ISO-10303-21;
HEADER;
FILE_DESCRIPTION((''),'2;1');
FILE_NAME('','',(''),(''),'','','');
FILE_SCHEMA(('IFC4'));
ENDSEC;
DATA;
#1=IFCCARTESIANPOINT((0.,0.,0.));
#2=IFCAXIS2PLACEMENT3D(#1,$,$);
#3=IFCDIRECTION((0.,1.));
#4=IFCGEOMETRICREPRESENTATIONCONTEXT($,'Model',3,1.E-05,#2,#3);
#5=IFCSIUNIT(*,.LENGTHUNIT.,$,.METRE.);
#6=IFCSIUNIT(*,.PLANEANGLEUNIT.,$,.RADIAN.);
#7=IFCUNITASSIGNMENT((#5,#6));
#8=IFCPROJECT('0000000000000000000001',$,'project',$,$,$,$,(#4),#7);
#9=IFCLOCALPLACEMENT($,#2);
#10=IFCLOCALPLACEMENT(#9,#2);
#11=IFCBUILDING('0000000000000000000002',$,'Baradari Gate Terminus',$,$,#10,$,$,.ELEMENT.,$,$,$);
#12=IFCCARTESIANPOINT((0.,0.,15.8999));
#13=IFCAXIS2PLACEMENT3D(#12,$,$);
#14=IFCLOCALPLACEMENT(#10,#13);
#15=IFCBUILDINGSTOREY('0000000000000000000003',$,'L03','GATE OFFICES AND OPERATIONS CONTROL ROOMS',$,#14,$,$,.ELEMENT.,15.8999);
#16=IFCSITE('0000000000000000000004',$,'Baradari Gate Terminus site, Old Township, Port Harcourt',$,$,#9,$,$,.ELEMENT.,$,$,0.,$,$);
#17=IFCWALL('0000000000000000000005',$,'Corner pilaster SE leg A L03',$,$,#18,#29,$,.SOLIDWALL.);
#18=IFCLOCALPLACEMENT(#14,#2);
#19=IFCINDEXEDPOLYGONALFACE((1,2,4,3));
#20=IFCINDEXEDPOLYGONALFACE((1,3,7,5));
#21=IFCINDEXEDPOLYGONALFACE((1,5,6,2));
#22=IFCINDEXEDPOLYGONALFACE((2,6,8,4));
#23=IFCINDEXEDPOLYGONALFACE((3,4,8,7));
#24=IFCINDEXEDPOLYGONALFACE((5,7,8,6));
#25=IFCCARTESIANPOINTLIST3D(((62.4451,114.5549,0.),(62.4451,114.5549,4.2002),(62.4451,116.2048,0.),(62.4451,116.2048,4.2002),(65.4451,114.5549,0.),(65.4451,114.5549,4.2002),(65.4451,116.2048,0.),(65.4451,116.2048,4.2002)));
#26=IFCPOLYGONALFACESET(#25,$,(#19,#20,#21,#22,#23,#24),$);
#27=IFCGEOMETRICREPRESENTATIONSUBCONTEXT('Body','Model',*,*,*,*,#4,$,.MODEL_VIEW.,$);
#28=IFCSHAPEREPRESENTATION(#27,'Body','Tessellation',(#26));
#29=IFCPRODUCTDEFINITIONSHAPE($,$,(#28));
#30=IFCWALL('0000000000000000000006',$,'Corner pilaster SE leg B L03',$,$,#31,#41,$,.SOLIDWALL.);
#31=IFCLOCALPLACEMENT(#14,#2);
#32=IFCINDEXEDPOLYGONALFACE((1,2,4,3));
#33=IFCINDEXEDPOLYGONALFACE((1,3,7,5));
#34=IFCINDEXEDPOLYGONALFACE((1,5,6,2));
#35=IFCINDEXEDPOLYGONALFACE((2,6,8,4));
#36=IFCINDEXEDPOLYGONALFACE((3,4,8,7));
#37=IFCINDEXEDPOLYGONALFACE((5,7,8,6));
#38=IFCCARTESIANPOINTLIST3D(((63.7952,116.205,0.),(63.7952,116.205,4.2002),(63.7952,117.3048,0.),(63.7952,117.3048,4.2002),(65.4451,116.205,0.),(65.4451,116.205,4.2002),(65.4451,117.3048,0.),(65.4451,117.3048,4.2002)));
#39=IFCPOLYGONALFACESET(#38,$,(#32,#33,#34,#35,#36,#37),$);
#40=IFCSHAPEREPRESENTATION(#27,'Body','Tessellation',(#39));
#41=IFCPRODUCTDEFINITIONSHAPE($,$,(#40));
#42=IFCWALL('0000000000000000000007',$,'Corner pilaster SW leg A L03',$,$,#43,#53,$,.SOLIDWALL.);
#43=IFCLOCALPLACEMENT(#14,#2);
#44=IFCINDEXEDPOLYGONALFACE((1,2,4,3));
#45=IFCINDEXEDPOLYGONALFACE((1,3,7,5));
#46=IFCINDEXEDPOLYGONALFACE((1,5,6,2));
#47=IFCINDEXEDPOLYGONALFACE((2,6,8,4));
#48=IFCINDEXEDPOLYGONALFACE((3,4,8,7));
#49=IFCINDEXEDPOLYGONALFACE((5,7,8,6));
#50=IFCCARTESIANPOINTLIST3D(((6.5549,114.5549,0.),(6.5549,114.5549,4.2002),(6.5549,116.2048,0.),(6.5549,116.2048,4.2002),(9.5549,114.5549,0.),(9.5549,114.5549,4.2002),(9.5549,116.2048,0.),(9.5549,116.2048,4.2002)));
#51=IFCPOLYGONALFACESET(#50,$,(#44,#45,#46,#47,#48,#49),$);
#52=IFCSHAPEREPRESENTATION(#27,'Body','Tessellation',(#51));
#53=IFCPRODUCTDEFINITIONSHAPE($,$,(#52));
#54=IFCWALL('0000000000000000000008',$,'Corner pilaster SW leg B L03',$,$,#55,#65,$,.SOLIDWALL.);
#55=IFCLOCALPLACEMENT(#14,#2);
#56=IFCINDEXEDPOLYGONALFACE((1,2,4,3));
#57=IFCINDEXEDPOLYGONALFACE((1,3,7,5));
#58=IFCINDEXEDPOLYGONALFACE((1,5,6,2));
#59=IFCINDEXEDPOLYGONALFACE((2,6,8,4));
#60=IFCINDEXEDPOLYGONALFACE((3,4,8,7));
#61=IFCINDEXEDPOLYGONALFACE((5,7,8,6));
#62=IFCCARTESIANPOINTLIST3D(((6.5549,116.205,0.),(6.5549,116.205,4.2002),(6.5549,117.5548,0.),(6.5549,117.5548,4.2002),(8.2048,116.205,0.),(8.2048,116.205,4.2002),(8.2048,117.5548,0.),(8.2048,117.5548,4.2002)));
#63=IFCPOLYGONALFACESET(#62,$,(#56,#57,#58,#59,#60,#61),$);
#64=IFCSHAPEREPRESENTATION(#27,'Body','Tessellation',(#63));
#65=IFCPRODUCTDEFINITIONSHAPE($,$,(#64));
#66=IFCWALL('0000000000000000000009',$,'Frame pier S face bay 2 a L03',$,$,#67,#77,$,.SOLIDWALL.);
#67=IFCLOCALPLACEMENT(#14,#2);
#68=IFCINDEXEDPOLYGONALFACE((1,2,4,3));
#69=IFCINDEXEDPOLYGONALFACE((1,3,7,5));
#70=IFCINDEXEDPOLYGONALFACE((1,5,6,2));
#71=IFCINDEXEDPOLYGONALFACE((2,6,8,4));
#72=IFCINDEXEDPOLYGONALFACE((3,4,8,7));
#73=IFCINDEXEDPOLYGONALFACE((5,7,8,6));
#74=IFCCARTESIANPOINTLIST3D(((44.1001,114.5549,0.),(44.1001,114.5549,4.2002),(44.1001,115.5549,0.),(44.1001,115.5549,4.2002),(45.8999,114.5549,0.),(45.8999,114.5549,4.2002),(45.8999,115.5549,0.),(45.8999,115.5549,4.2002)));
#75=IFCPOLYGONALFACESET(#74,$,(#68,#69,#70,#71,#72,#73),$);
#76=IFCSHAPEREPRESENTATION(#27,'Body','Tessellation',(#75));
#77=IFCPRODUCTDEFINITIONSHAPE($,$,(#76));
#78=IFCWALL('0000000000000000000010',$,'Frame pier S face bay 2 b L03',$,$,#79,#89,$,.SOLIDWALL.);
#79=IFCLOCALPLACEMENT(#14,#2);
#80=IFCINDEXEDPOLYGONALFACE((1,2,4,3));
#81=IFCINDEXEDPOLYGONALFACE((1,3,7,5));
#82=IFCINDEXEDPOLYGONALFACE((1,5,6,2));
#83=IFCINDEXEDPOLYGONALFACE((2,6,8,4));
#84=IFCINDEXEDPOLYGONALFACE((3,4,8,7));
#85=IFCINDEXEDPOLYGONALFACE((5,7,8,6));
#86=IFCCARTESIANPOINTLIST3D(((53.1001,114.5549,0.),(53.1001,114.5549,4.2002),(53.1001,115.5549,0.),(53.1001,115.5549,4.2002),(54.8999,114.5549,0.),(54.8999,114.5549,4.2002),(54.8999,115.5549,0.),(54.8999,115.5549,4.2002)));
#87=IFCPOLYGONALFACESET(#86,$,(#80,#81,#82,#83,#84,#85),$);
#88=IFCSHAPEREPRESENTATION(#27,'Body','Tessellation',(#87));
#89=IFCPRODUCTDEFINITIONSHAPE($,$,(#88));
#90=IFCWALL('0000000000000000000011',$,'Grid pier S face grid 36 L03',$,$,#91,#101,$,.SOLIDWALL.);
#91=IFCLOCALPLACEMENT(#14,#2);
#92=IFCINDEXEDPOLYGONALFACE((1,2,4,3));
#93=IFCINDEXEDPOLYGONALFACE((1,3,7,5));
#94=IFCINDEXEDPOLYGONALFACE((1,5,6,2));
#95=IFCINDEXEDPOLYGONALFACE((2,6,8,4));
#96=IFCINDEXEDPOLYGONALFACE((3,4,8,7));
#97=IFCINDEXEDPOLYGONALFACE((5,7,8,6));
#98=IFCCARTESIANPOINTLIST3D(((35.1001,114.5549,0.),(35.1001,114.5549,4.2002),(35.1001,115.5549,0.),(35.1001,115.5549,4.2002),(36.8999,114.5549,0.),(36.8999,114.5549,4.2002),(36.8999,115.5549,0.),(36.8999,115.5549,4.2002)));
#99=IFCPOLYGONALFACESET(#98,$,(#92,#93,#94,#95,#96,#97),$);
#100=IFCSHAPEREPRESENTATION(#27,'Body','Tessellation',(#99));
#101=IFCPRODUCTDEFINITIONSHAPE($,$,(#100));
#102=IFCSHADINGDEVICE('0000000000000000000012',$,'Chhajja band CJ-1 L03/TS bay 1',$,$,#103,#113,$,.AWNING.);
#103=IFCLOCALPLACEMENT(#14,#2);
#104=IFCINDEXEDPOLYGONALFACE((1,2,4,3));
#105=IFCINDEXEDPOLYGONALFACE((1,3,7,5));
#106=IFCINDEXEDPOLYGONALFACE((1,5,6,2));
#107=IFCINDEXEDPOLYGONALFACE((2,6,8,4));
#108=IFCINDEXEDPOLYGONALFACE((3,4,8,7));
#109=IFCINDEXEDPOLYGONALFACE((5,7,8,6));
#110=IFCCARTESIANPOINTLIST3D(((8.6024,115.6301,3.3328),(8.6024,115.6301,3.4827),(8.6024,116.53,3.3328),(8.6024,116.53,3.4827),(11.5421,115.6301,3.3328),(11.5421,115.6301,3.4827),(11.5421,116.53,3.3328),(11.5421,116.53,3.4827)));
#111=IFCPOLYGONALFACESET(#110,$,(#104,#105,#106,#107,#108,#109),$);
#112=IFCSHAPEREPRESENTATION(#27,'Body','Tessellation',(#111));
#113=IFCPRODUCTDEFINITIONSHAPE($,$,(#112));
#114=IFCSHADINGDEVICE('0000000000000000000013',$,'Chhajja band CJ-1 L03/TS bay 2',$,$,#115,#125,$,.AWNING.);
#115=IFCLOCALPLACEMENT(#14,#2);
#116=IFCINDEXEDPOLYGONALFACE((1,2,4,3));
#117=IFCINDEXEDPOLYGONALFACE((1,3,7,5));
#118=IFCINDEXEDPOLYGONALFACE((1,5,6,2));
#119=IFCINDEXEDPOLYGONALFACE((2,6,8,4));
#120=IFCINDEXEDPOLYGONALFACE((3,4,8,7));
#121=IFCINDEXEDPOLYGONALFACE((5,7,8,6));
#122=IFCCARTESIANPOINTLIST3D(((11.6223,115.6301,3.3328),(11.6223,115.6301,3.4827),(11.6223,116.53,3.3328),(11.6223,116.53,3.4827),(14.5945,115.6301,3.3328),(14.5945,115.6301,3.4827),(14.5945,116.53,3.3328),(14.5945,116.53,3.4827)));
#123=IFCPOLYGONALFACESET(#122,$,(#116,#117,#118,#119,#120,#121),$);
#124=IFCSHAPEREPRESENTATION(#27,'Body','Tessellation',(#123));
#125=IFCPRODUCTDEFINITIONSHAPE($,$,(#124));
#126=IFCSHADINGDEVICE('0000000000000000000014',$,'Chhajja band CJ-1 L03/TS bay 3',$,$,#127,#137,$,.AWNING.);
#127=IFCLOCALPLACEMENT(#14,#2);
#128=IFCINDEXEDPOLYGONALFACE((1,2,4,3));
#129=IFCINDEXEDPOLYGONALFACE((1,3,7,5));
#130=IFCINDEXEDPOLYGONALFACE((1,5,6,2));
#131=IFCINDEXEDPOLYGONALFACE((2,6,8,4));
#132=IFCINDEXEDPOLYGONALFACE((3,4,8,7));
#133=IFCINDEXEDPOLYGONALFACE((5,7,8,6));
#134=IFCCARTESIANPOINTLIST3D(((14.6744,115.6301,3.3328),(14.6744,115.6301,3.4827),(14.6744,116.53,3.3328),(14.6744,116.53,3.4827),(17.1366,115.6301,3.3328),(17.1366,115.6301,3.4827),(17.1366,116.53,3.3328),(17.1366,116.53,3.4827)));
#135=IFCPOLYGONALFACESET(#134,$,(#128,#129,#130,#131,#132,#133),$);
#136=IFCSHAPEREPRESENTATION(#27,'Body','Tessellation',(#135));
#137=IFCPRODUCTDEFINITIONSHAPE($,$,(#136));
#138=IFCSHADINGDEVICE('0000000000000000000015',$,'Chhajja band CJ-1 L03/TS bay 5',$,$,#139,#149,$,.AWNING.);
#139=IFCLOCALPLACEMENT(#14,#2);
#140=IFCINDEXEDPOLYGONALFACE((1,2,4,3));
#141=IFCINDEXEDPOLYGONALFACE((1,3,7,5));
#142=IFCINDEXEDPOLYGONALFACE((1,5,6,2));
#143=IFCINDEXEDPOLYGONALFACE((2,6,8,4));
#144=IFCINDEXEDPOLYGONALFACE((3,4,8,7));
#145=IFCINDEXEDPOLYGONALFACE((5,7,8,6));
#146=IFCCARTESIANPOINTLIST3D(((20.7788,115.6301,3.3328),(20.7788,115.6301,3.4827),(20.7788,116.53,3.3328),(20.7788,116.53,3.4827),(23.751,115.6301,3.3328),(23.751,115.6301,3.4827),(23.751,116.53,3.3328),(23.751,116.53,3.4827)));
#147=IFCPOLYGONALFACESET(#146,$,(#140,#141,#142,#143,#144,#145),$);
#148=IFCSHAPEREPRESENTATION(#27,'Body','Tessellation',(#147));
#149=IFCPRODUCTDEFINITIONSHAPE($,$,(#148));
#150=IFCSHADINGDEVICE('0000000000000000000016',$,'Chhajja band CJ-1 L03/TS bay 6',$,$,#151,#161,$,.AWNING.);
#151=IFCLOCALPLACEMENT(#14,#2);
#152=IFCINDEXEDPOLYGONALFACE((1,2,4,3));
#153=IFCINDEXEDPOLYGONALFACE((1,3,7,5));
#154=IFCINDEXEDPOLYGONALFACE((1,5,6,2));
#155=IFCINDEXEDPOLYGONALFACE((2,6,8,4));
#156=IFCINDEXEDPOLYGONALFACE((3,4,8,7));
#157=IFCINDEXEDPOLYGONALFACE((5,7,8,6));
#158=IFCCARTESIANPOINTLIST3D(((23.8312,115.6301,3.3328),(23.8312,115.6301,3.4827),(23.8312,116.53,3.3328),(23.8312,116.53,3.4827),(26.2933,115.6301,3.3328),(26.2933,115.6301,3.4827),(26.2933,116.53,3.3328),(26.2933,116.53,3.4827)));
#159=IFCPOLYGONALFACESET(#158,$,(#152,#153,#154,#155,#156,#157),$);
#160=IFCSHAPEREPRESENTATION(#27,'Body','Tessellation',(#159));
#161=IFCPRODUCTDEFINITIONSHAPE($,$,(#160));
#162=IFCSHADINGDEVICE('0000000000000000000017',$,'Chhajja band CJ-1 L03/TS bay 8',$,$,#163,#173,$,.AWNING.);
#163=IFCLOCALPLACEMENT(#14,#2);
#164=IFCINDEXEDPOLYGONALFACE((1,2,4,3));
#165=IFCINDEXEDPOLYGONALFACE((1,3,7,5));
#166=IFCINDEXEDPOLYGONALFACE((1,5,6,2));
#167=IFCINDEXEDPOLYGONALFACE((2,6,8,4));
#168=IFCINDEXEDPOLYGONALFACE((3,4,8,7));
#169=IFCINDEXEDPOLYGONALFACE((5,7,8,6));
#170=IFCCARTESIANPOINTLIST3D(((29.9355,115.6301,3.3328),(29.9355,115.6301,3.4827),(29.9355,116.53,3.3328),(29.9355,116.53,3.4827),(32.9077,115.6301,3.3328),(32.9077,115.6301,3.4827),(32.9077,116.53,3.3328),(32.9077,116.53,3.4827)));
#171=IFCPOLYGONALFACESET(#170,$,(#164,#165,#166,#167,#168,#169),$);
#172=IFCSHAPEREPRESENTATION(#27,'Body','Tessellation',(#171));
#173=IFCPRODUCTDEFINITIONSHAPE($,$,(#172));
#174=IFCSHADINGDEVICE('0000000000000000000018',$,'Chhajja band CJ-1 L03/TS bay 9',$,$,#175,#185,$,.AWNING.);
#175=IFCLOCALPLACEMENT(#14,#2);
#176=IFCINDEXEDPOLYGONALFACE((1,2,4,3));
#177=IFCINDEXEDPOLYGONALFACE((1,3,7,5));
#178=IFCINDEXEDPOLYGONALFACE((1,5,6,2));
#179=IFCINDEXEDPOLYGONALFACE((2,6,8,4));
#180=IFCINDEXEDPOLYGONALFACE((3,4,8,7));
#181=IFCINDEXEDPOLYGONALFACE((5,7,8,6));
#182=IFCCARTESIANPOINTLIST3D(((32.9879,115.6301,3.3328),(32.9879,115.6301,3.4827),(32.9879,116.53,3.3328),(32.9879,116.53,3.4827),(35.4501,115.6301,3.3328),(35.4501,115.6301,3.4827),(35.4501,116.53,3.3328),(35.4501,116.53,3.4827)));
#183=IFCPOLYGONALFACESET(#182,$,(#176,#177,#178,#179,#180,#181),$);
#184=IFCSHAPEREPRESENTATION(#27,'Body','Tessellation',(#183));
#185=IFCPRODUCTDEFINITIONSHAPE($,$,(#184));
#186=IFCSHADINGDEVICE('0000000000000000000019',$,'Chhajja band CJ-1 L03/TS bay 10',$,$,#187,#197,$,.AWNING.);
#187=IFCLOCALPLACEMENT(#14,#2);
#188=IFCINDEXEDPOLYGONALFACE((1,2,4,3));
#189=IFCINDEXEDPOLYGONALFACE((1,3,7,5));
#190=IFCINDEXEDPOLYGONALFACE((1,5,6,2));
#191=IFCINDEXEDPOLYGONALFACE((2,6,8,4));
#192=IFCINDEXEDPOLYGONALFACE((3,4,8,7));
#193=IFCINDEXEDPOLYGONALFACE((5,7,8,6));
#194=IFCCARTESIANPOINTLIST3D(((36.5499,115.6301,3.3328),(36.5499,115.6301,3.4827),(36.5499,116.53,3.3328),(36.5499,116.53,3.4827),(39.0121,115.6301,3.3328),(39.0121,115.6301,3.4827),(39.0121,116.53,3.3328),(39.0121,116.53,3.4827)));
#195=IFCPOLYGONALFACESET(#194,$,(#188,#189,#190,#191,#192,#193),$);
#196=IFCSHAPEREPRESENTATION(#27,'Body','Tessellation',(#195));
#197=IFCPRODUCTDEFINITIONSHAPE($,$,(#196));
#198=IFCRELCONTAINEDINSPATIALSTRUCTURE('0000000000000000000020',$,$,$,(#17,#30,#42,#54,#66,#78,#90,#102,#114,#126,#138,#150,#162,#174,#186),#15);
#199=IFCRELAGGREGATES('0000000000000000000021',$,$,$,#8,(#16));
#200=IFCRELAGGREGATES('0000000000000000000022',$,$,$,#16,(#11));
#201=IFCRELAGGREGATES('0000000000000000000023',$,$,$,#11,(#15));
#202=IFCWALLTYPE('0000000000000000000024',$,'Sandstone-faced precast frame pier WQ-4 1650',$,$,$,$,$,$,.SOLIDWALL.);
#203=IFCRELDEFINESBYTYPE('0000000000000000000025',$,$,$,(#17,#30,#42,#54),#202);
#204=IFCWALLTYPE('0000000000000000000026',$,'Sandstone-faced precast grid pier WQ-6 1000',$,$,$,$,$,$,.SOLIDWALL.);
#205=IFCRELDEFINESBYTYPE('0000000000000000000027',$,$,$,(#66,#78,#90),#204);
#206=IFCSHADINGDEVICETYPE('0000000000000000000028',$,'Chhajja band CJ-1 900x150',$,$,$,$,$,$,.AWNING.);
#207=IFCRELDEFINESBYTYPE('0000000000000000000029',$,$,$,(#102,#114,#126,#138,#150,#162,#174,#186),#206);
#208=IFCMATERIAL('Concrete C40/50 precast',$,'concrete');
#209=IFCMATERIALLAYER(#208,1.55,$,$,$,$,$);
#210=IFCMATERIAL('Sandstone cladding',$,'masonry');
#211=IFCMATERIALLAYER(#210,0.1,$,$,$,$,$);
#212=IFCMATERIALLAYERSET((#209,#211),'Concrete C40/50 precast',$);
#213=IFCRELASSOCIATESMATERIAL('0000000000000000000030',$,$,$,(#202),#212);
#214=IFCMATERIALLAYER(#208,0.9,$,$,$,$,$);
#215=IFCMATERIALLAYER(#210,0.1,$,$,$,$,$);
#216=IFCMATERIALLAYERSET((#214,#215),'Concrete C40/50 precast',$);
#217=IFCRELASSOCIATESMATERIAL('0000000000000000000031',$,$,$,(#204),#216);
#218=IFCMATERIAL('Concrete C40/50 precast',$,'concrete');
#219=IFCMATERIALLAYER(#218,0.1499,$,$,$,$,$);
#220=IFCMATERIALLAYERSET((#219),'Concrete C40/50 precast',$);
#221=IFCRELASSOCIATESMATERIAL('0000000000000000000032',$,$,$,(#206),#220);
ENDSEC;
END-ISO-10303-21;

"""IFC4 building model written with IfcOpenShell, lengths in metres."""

from ifc_helpers import new_model, si_unit, direction, frame, frame_2d, origin, origin_2d, place, context, subcontext, project, spatial, rectangle, extrude, material, layer, layer_set, type_object, element, save


model = new_model("IFC4")

# Units and contexts
model_context = context("Model", 3, precision=1e-05, world=origin(), true_north=direction((0.0, 1.0)))
body_context = subcontext(model_context, "Body", "Model", "MODEL_VIEW")
ifc_project = project(units=[si_unit("LENGTHUNIT", "METRE"), si_unit("PLANEANGLEUNIT", "RADIAN")], contexts=[model_context])

# Site, building, storey
site_placement = place(None, origin())
site = spatial("IfcSite", under=ifc_project, at=site_placement, Name="Baradari Gate Terminus site, Old Township, Port Harcourt", CompositionType="ELEMENT", RefElevation=0.0)
building_placement = place(site_placement, origin())
building = spatial("IfcBuilding", under=site, at=building_placement, Name="Baradari Gate Terminus", CompositionType="ELEMENT")
storey_placement = place(building_placement, frame((0.0, 0.0, 15.8999)))
storey = spatial("IfcBuildingStorey", under=building, at=storey_placement, Name="L03", Description="GATE OFFICES AND OPERATIONS CONTROL ROOMS", CompositionType="ELEMENT", Elevation=15.8999)

# Walls
ifc_material_1 = material(Name="Concrete C40/50 precast", Category="concrete")
ifc_layer_1 = layer(ifc_material_1, 1.55)
ifc_material_2 = material(Name="Sandstone cladding", Category="masonry")
ifc_layer_2 = layer(ifc_material_2, 0.1)
ifc_layer_set_1 = layer_set([ifc_layer_1, ifc_layer_2], Name="Concrete C40/50 precast")
wall_type_1 = type_object("IfcWallType", Name="Sandstone-faced precast frame pier WQ-4 1650", PredefinedType="SOLIDWALL", material=ifc_layer_set_1)
wall_1_placement = place(storey_placement, frame((62.4451, 115.3799, 0.0), z_axis=(0.0, 0.0, 1.0), x_axis=(1.0, 0.0, 0.0)))
element("IfcWall", 1, at=wall_1_placement, inside=storey, type_object=wall_type_1, Name="Corner pilaster SE leg A L03", PredefinedType="SOLIDWALL", context=body_context, shape_type="SweptSolid", body=[
    extrude(rectangle(XDim=3.0, YDim=1.6499, at=frame_2d((1.5, 0.0))), origin(), (0.0, 0.0, 1.0), 4.2002),
])
wall_2_placement = place(storey_placement, frame((64.6201, 116.2051, 0.0), z_axis=(0.0, 0.0, 1.0), x_axis=(0.0, 1.0, 0.0)))
element("IfcWall", 2, at=wall_2_placement, inside=storey, type_object=wall_type_1, Name="Corner pilaster SE leg B L03", PredefinedType="SOLIDWALL", context=body_context, shape_type="SweptSolid", body=[
    extrude(rectangle(XDim=1.0999, YDim=1.6499, at=frame_2d((0.5498, 0.0))), origin(), (0.0, 0.0, 1.0), 4.2002),
])
wall_3_placement = place(storey_placement, frame((6.5549, 115.3799, 0.0), z_axis=(0.0, 0.0, 1.0), x_axis=(1.0, 0.0, 0.0)))
element("IfcWall", 3, at=wall_3_placement, inside=storey, type_object=wall_type_1, Name="Corner pilaster SW leg A L03", PredefinedType="SOLIDWALL", context=body_context, shape_type="SweptSolid", body=[
    extrude(rectangle(XDim=3.0, YDim=1.6499, at=frame_2d((1.5, 0.0))), origin(), (0.0, 0.0, 1.0), 4.2002),
])
wall_4_placement = place(storey_placement, frame((7.3799, 116.2051, 0.0), z_axis=(0.0, 0.0, 1.0), x_axis=(0.0, 1.0, 0.0)))
element("IfcWall", 4, at=wall_4_placement, inside=storey, type_object=wall_type_1, Name="Corner pilaster SW leg B L03", PredefinedType="SOLIDWALL", context=body_context, shape_type="SweptSolid", body=[
    extrude(rectangle(XDim=1.3499, YDim=1.6499, at=frame_2d((0.6748, 0.0))), origin(), (0.0, 0.0, 1.0), 4.2002),
])
ifc_layer_3 = layer(ifc_material_1, 0.9)
ifc_layer_4 = layer(ifc_material_2, 0.1)
ifc_layer_set_2 = layer_set([ifc_layer_3, ifc_layer_4], Name="Concrete C40/50 precast")
wall_type_2 = type_object("IfcWallType", Name="Sandstone-faced precast grid pier WQ-6 1000", PredefinedType="SOLIDWALL", material=ifc_layer_set_2)
for number, where, z_axis, x_axis, name in (
    (5, (44.1001, 115.0549, 0.0), (0.0, 0.0, 1.0), (1.0, 0.0, 0.0), "Frame pier S face bay 2 a L03"),
    (6, (53.1001, 115.0549, 0.0), (0.0, 0.0, 1.0), (1.0, 0.0, 0.0), "Frame pier S face bay 2 b L03"),
    (7, (35.1001, 115.0549, 0.0), (0.0, 0.0, 1.0), (1.0, 0.0, 0.0), "Grid pier S face grid 36 L03"),
):
    element("IfcWall", number, at=place(storey_placement, frame(where, z_axis=z_axis, x_axis=x_axis)), inside=storey, type_object=wall_type_2, Name=name, PredefinedType="SOLIDWALL", context=body_context, shape_type="SweptSolid", body=[
        extrude(rectangle(XDim=1.7998, YDim=1.0, at=frame_2d((0.8999, 0.0))), origin(), (0.0, 0.0, 1.0), 4.2002),
    ])

# Shading devices
ifc_material_3 = material(Name="Concrete C40/50 precast", Category="concrete")
ifc_layer_5 = layer(ifc_material_3, 0.1499)
ifc_layer_set_3 = layer_set([ifc_layer_5], Name="Concrete C40/50 precast")
shading_device_type = type_object("IfcShadingDeviceType", Name="Chhajja band CJ-1 900x150", PredefinedType="AWNING", material=ifc_layer_set_3)
shading_device_1_placement = place(storey_placement, frame((10.0723, 116.0801, 3.3328), z_axis=(0.0, 0.0, 1.0), x_axis=(1.0, 0.0, 0.0)))
element("IfcShadingDevice", 8, at=shading_device_1_placement, inside=storey, type_object=shading_device_type, Name="Chhajja band CJ-1 L03/TS bay 1", PredefinedType="AWNING", context=body_context, shape_type="SweptSolid", body=[
    extrude(rectangle(XDim=2.9397, YDim=0.8999, at=origin_2d()), origin(), (0.0, 0.0, 1.0), 0.1499),
])
shading_device_2_placement = place(storey_placement, frame((13.1084, 116.0801, 3.3328), z_axis=(0.0, 0.0, 1.0), x_axis=(1.0, 0.0, 0.0)))
element("IfcShadingDevice", 9, at=shading_device_2_placement, inside=storey, type_object=shading_device_type, Name="Chhajja band CJ-1 L03/TS bay 2", PredefinedType="AWNING", context=body_context, shape_type="SweptSolid", body=[
    extrude(rectangle(XDim=2.9722, YDim=0.8999, at=origin_2d()), origin(), (0.0, 0.0, 1.0), 0.1499),
])
shading_device_3_placement = place(storey_placement, frame((15.9055, 116.0801, 3.3328), z_axis=(0.0, 0.0, 1.0), x_axis=(1.0, 0.0, 0.0)))
element("IfcShadingDevice", 10, at=shading_device_3_placement, inside=storey, type_object=shading_device_type, Name="Chhajja band CJ-1 L03/TS bay 3", PredefinedType="AWNING", context=body_context, shape_type="SweptSolid", body=[
    extrude(rectangle(XDim=2.4622, YDim=0.8999, at=origin_2d()), origin(), (0.0, 0.0, 1.0), 0.1499),
])
shading_device_4_placement = place(storey_placement, frame((22.2649, 116.0801, 3.3328), z_axis=(0.0, 0.0, 1.0), x_axis=(1.0, 0.0, 0.0)))
element("IfcShadingDevice", 11, at=shading_device_4_placement, inside=storey, type_object=shading_device_type, Name="Chhajja band CJ-1 L03/TS bay 5", PredefinedType="AWNING", context=body_context, shape_type="SweptSolid", body=[
    extrude(rectangle(XDim=2.9722, YDim=0.8999, at=origin_2d()), origin(), (0.0, 0.0, 1.0), 0.1499),
])
shading_device_5_placement = place(storey_placement, frame((25.0623, 116.0801, 3.3328), z_axis=(0.0, 0.0, 1.0), x_axis=(1.0, 0.0, 0.0)))
element("IfcShadingDevice", 12, at=shading_device_5_placement, inside=storey, type_object=shading_device_type, Name="Chhajja band CJ-1 L03/TS bay 6", PredefinedType="AWNING", context=body_context, shape_type="SweptSolid", body=[
    extrude(rectangle(XDim=2.4622, YDim=0.8999, at=origin_2d()), origin(), (0.0, 0.0, 1.0), 0.1499),
])
shading_device_6_placement = place(storey_placement, frame((31.4216, 116.0801, 3.3328), z_axis=(0.0, 0.0, 1.0), x_axis=(1.0, 0.0, 0.0)))
element("IfcShadingDevice", 13, at=shading_device_6_placement, inside=storey, type_object=shading_device_type, Name="Chhajja band CJ-1 L03/TS bay 8", PredefinedType="AWNING", context=body_context, shape_type="SweptSolid", body=[
    extrude(rectangle(XDim=2.9722, YDim=0.8999, at=origin_2d()), origin(), (0.0, 0.0, 1.0), 0.1499),
])
for number, where, z_axis, x_axis, name in (
    (14, (34.219, 116.0801, 3.3328), (0.0, 0.0, 1.0), (1.0, 0.0, 0.0), "Chhajja band CJ-1 L03/TS bay 9"),
    (15, (37.781, 116.0801, 3.3328), (0.0, 0.0, 1.0), (1.0, 0.0, 0.0), "Chhajja band CJ-1 L03/TS bay 10"),
):
    element("IfcShadingDevice", number, at=place(storey_placement, frame(where, z_axis=z_axis, x_axis=x_axis)), inside=storey, type_object=shading_device_type, Name=name, PredefinedType="AWNING", context=body_context, shape_type="SweptSolid", body=[
        extrude(rectangle(XDim=2.4622, YDim=0.8999, at=origin_2d()), origin(), (0.0, 0.0, 1.0), 0.1499),
    ])

save(model, "model.ifc")
